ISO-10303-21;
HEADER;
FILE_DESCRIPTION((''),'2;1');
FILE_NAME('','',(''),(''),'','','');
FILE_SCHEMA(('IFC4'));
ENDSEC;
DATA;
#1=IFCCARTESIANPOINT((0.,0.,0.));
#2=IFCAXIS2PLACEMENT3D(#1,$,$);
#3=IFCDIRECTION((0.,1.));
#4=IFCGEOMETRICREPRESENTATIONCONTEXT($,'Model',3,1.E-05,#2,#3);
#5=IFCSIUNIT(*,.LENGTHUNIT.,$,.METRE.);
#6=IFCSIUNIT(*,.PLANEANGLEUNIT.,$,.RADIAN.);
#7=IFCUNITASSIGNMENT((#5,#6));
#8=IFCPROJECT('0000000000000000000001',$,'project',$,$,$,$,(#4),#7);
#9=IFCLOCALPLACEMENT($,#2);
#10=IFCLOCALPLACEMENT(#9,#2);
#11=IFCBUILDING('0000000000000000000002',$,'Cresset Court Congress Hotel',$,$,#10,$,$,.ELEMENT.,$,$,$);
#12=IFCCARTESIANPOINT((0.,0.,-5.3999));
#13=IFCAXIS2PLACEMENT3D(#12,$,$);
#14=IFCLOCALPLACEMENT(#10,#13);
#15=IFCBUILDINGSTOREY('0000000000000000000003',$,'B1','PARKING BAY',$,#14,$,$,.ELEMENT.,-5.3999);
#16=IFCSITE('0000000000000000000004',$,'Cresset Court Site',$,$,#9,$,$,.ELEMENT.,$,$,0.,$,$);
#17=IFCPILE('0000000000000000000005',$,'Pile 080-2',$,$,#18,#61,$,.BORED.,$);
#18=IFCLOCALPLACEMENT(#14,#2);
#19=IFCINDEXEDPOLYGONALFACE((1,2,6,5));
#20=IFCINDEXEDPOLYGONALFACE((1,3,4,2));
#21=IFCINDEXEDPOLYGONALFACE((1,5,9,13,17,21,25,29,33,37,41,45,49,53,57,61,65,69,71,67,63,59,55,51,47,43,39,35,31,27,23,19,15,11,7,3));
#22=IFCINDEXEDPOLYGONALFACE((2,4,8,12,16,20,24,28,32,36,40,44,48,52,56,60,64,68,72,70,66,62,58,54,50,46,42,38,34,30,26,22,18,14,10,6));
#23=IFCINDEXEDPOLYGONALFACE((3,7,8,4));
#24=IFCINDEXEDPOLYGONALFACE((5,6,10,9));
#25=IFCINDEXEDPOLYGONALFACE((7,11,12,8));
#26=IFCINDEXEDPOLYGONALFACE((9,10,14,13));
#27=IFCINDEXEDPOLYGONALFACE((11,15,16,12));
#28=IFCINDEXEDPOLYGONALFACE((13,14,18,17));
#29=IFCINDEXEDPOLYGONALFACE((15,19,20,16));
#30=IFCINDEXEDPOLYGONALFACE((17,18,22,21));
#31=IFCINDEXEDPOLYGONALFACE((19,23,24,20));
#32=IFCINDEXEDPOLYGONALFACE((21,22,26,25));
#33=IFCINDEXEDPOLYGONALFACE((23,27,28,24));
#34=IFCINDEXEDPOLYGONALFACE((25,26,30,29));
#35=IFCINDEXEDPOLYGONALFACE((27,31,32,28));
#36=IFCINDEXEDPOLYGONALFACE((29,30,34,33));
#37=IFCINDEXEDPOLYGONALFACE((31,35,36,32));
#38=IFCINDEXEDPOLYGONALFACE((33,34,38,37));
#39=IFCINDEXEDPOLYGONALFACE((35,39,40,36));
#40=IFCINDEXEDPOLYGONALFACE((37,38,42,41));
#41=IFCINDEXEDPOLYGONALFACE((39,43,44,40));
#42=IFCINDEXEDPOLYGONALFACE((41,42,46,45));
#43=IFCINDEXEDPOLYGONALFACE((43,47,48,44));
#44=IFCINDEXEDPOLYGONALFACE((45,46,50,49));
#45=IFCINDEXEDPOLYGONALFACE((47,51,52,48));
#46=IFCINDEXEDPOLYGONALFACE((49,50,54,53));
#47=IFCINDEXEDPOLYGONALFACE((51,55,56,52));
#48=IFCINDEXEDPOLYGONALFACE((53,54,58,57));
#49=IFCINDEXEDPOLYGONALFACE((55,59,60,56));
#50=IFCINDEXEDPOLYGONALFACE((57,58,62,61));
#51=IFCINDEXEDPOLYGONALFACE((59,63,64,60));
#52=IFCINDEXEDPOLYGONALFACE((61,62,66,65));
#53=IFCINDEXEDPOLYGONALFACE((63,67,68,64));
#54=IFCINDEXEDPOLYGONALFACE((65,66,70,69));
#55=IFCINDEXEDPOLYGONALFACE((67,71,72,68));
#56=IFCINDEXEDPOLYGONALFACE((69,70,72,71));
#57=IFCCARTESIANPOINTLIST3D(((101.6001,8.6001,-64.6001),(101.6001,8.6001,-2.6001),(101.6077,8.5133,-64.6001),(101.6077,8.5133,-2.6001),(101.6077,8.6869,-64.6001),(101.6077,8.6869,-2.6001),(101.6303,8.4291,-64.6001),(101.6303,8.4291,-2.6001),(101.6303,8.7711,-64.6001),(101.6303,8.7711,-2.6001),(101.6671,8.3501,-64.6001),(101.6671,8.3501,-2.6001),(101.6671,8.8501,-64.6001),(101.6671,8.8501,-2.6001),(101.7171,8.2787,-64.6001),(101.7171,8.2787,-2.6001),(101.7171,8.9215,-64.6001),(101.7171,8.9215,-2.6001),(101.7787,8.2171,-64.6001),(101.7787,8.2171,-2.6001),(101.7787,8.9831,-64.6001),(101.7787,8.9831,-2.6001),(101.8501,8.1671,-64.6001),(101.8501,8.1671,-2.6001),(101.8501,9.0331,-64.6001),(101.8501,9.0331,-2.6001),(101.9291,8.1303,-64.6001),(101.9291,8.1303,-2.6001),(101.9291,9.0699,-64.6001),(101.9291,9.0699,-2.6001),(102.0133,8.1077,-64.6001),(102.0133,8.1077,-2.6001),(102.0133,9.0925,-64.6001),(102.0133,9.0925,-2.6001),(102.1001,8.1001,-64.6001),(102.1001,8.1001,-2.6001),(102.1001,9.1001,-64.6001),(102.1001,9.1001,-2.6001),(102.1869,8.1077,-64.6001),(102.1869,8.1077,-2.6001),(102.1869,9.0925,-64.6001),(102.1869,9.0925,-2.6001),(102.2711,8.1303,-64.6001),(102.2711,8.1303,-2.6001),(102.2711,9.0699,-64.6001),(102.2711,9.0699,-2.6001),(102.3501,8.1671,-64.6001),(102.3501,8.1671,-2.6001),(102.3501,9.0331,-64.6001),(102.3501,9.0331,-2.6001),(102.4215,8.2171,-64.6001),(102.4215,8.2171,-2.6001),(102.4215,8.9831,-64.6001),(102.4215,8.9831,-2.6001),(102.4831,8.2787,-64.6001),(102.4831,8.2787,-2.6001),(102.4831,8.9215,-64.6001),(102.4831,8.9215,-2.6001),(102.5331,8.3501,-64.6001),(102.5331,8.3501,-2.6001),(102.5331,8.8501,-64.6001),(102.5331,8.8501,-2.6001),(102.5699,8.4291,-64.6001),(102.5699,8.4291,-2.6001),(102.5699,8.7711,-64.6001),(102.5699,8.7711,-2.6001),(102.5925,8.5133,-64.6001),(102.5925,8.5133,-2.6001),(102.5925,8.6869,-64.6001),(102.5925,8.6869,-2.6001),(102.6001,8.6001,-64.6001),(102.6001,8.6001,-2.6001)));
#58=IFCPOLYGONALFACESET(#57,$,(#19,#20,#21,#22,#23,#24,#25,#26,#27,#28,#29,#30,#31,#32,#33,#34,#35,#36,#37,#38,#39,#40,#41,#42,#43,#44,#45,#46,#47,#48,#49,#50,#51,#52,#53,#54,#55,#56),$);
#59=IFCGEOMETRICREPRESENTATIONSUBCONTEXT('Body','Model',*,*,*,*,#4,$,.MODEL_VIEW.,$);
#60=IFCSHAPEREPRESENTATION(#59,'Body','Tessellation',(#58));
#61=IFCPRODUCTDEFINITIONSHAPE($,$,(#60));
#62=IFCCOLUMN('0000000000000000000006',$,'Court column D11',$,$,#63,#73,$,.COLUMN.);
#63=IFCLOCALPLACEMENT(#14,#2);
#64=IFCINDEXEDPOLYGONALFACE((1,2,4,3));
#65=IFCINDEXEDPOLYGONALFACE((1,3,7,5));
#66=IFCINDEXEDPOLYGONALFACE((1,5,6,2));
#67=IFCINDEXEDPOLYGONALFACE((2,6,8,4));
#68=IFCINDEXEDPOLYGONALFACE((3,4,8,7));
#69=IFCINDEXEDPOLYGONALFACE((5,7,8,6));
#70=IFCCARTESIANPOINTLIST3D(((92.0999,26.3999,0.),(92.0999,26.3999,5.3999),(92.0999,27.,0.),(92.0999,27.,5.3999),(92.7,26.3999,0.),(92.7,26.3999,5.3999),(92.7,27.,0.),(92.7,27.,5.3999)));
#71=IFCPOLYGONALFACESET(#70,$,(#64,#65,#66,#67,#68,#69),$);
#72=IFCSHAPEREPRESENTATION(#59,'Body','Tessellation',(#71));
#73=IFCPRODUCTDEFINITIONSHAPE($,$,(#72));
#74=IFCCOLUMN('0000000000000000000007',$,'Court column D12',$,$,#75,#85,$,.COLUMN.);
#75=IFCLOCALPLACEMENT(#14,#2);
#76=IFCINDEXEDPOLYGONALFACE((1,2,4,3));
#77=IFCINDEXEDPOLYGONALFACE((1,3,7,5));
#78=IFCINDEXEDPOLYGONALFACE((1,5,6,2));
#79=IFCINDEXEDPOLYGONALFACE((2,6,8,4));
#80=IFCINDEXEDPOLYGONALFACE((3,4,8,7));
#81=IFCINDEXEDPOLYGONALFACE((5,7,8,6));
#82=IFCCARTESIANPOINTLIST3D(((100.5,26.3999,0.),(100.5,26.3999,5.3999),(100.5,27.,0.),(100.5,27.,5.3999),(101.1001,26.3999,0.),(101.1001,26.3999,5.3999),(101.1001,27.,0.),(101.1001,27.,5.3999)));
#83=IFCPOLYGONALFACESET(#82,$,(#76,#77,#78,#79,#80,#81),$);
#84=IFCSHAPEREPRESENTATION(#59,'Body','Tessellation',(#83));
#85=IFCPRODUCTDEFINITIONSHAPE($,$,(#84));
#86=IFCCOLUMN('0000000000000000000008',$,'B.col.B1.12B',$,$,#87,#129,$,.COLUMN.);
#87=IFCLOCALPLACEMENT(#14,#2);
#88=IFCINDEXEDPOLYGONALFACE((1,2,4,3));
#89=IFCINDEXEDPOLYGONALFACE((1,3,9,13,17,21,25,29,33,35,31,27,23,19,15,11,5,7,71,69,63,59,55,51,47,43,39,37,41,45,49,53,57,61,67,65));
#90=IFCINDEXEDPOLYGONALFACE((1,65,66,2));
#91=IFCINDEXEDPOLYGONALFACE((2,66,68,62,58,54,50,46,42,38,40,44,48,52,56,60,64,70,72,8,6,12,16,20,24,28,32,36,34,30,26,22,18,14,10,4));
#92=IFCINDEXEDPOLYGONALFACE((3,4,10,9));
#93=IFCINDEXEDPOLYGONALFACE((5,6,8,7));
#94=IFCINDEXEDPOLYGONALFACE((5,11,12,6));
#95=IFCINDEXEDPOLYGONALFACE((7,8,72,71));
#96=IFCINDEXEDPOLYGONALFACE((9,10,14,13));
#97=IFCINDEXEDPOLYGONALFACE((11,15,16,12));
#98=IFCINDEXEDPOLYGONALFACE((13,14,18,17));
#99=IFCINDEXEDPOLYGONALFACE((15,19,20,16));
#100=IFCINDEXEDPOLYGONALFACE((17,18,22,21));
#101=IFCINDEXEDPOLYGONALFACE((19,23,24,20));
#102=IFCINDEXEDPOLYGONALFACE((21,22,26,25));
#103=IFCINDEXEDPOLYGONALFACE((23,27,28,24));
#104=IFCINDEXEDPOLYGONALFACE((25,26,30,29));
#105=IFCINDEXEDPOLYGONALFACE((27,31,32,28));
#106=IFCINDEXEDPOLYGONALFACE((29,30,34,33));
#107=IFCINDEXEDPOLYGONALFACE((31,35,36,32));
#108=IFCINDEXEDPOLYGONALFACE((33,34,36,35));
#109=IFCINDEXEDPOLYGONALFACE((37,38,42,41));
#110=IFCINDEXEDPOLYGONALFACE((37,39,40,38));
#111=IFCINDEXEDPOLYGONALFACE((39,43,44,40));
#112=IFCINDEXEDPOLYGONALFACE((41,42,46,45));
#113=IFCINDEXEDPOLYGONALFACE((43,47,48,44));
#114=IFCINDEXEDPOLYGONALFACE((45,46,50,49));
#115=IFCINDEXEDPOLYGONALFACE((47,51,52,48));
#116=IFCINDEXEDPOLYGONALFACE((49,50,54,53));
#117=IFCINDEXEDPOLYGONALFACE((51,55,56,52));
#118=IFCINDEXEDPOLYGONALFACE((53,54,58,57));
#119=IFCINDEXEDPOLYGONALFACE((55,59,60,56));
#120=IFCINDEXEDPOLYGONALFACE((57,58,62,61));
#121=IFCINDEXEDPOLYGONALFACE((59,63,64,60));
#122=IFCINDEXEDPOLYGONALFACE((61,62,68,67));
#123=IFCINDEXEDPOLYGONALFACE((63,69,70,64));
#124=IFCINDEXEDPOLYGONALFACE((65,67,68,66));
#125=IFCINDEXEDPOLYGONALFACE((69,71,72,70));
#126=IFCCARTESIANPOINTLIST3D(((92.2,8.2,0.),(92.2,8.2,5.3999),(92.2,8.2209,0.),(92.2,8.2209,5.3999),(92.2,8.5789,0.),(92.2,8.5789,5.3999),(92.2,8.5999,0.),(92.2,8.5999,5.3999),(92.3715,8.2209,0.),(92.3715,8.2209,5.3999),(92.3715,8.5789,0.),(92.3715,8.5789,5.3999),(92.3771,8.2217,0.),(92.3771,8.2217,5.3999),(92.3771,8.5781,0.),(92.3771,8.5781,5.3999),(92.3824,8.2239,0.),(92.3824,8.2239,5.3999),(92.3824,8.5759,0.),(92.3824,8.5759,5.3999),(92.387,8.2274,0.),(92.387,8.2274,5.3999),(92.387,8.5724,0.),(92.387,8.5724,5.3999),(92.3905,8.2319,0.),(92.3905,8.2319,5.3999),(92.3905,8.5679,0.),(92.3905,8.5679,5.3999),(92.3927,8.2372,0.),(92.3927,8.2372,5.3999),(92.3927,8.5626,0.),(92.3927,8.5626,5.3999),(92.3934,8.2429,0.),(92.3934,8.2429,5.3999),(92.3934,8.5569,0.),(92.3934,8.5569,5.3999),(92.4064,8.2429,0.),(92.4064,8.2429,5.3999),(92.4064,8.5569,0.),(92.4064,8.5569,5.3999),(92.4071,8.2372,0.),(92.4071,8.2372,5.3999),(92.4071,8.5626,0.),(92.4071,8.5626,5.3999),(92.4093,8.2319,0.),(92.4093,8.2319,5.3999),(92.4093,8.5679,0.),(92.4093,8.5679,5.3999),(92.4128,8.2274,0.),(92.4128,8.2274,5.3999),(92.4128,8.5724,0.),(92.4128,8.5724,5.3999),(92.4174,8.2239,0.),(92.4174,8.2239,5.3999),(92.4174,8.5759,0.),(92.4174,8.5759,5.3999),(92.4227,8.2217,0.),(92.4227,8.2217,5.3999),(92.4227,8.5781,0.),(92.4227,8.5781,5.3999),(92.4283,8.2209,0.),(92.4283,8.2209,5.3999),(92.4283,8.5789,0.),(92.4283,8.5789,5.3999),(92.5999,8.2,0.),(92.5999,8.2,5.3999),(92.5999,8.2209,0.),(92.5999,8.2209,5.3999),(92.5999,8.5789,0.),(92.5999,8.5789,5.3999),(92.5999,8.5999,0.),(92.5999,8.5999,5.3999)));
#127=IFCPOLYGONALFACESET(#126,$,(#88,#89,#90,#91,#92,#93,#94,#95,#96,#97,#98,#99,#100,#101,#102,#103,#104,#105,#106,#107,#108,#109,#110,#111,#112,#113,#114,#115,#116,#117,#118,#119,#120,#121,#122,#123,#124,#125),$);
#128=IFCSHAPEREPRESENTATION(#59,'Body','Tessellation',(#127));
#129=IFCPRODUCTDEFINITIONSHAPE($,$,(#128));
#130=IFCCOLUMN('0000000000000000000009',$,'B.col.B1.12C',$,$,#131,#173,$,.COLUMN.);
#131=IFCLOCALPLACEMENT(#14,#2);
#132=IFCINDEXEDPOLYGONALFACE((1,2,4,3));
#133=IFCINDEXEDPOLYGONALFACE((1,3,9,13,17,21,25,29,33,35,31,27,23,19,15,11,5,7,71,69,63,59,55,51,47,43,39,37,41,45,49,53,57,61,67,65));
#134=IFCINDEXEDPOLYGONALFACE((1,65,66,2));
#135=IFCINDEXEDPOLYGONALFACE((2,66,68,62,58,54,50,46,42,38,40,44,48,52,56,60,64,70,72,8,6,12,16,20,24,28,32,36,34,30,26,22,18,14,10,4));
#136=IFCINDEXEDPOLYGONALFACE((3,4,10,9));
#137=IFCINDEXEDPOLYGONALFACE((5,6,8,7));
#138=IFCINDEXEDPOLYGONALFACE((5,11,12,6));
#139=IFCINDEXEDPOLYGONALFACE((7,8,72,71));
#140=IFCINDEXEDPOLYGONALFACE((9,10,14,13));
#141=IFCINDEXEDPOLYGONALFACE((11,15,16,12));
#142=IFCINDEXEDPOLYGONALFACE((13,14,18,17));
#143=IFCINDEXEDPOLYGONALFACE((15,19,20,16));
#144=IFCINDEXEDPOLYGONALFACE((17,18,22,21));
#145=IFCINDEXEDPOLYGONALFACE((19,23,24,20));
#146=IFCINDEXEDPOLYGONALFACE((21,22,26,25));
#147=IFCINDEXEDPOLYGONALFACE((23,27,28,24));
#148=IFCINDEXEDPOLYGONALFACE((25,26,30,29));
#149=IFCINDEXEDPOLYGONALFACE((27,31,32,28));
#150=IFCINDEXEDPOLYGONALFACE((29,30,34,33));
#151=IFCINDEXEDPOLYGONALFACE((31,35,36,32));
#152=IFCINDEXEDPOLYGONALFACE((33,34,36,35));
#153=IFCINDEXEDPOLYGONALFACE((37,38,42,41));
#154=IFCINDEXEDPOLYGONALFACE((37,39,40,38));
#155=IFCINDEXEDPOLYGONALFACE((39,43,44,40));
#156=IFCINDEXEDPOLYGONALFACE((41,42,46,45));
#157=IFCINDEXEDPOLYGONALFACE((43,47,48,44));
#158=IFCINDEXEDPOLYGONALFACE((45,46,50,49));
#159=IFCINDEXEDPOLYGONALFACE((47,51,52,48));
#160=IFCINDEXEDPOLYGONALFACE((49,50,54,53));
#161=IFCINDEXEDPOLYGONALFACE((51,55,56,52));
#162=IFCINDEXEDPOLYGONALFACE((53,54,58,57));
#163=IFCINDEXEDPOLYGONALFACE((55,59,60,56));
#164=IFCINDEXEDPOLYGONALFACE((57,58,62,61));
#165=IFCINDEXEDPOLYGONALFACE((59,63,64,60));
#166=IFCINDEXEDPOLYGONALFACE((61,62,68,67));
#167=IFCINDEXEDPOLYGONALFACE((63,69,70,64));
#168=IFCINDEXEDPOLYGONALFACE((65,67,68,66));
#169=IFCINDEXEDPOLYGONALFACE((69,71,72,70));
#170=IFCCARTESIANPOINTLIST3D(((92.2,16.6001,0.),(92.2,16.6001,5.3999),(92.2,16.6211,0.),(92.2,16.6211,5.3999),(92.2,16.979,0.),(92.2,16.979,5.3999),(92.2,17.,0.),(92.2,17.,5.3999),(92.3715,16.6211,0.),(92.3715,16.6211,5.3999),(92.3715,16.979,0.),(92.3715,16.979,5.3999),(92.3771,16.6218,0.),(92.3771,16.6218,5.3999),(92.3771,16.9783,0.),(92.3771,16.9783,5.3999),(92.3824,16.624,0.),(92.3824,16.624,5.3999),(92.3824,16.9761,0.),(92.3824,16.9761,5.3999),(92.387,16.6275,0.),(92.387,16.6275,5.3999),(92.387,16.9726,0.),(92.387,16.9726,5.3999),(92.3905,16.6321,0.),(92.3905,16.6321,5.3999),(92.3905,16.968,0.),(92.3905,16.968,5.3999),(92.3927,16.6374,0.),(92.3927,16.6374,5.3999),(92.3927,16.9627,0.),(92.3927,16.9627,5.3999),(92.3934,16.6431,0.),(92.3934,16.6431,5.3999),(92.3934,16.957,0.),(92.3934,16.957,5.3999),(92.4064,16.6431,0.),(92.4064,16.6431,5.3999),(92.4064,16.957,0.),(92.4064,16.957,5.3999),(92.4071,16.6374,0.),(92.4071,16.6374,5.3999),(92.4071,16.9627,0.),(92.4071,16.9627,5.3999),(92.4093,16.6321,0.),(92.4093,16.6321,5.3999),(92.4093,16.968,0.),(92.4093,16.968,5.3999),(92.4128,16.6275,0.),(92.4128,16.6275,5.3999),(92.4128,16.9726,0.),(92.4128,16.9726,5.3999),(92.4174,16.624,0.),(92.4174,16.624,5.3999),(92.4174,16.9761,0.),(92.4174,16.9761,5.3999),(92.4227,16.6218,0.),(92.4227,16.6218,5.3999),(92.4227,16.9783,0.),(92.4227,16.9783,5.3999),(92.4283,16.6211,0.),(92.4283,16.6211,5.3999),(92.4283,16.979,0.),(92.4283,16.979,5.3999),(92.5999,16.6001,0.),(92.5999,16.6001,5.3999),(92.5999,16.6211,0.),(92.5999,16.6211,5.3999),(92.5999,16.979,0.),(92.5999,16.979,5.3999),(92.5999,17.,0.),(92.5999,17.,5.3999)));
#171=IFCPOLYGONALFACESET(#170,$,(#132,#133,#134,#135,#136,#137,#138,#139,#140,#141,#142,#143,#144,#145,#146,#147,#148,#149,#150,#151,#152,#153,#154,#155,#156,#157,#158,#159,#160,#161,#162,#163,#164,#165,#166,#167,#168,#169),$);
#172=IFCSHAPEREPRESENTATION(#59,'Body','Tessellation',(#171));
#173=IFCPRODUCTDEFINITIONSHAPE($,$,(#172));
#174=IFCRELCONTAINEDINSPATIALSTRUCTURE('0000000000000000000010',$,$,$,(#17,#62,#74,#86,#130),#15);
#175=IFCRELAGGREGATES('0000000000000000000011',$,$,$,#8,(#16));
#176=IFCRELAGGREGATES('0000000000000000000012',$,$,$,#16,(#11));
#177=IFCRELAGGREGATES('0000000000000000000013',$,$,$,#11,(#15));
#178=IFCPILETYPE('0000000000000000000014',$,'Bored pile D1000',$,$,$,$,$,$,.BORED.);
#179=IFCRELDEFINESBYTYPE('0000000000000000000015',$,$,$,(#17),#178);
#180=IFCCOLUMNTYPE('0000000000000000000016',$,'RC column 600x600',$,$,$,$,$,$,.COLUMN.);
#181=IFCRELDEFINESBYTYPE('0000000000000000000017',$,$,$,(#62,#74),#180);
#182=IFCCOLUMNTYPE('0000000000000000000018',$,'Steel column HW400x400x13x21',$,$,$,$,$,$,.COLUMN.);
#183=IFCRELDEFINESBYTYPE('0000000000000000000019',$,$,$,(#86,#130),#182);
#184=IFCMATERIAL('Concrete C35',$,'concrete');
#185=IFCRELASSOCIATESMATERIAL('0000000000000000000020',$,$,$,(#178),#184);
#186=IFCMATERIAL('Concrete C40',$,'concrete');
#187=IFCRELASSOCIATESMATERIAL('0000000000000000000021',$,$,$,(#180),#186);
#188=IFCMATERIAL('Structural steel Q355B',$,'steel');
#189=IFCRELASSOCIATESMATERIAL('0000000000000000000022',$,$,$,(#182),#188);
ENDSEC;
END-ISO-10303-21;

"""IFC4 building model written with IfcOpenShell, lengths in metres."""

from ifc_helpers import new_model, si_unit, direction, frame, origin, origin_2d, place, context, subcontext, project, spatial, rectangle, circle, i_section, extrude, material, material_profile, profile_set, type_object, element, save


model = new_model("IFC4")

# Units and contexts
model_context = context("Model", 3, precision=1e-05, world=origin(), true_north=direction((0.0, 1.0)))
body_context = subcontext(model_context, "Body", "Model", "MODEL_VIEW")
ifc_project = project(units=[si_unit("LENGTHUNIT", "METRE"), si_unit("PLANEANGLEUNIT", "RADIAN")], contexts=[model_context])

# Site, building, storey
site_placement = place(None, origin())
site = spatial("IfcSite", under=ifc_project, at=site_placement, Name="Cresset Court Site", CompositionType="ELEMENT", RefElevation=0.0)
building_placement = place(site_placement, origin())
building = spatial("IfcBuilding", under=site, at=building_placement, Name="Cresset Court Congress Hotel", CompositionType="ELEMENT")
storey_placement = place(building_placement, frame((0.0, 0.0, -5.3999)))
storey = spatial("IfcBuildingStorey", under=building, at=storey_placement, Name="B1", Description="PARKING BAY", CompositionType="ELEMENT", Elevation=-5.3999)

# Pile
ifc_material_1 = material(Name="Concrete C35", Category="concrete")
pile_type = type_object("IfcPileType", Name="Bored pile D1000", PredefinedType="BORED", material=ifc_material_1)
for number, where, z_axis, x_axis, name in (
    (1, (102.1001, 8.6001, -2.6001), (0.0, 0.0, -1.0), (1.0, 0.0, 0.0), "Pile 080-2"),
):
    element("IfcPile", number, at=place(storey_placement, frame(where, z_axis=z_axis, x_axis=x_axis)), inside=storey, type_object=pile_type, Name=name, PredefinedType="BORED", context=body_context, shape_type="SweptSolid", body=[
        extrude(circle(Radius=0.5, at=origin_2d()), origin(), (0.0, 0.0, 1.0), 62.0),
    ])

# Columns
ifc_material_2 = material(Name="Concrete C40", Category="concrete")
ifc_material_profile_1 = material_profile(ifc_material_2, rectangle(XDim=0.6001, YDim=0.6001, at=origin_2d()), Name="RC600x600")
ifc_profile_set_1 = profile_set([ifc_material_profile_1], Name="Concrete C40")
column_type_1 = type_object("IfcColumnType", Name="RC column 600x600", PredefinedType="COLUMN", material=ifc_profile_set_1)
for number, where, z_axis, x_axis, name in (
    (2, (92.3999, 26.7, 0.0), (0.0, 0.0, 1.0), (1.0, 0.0, 0.0), "Court column D11"),
    (3, (100.8, 26.7, 0.0), (0.0, 0.0, 1.0), (1.0, 0.0, 0.0), "Court column D12"),
):
    element("IfcColumn", number, at=place(storey_placement, frame(where, z_axis=z_axis, x_axis=x_axis)), inside=storey, type_object=column_type_1, Name=name, PredefinedType="COLUMN", context=body_context, shape_type="SweptSolid", body=[
        extrude(rectangle(XDim=0.6001, YDim=0.6001, at=origin_2d()), origin(), (0.0, 0.0, 1.0), 5.3999),
    ])
ifc_material_3 = material(Name="Structural steel Q355B", Category="steel")
ifc_material_profile_2 = material_profile(ifc_material_3, i_section(OverallWidth=0.3999, OverallDepth=0.3999, WebThickness=0.0129, FlangeThickness=0.021, FilletRadius=0.022, at=origin_2d()), Name="HW400x400x13x21")
ifc_profile_set_2 = profile_set([ifc_material_profile_2], Name="Structural steel Q355B")
column_type_2 = type_object("IfcColumnType", Name="Steel column HW400x400x13x21", PredefinedType="COLUMN", material=ifc_profile_set_2)
for number, where, z_axis, x_axis, name in (
    (4, (92.3999, 8.3999, 0.0), (0.0, 0.0, 1.0), (1.0, 0.0, 0.0), "B.col.B1.12B"),
    (5, (92.3999, 16.8, 0.0), (0.0, 0.0, 1.0), (1.0, 0.0, 0.0), "B.col.B1.12C"),
):
    element("IfcColumn", number, at=place(storey_placement, frame(where, z_axis=z_axis, x_axis=x_axis)), inside=storey, type_object=column_type_2, Name=name, PredefinedType="COLUMN", context=body_context, shape_type="SweptSolid", body=[
        extrude(i_section(OverallWidth=0.3999, OverallDepth=0.3999, WebThickness=0.0129, FlangeThickness=0.021, FilletRadius=0.022, at=origin_2d()), origin(), (0.0, 0.0, 1.0), 5.3999),
    ])

save(model, "model.ifc")
